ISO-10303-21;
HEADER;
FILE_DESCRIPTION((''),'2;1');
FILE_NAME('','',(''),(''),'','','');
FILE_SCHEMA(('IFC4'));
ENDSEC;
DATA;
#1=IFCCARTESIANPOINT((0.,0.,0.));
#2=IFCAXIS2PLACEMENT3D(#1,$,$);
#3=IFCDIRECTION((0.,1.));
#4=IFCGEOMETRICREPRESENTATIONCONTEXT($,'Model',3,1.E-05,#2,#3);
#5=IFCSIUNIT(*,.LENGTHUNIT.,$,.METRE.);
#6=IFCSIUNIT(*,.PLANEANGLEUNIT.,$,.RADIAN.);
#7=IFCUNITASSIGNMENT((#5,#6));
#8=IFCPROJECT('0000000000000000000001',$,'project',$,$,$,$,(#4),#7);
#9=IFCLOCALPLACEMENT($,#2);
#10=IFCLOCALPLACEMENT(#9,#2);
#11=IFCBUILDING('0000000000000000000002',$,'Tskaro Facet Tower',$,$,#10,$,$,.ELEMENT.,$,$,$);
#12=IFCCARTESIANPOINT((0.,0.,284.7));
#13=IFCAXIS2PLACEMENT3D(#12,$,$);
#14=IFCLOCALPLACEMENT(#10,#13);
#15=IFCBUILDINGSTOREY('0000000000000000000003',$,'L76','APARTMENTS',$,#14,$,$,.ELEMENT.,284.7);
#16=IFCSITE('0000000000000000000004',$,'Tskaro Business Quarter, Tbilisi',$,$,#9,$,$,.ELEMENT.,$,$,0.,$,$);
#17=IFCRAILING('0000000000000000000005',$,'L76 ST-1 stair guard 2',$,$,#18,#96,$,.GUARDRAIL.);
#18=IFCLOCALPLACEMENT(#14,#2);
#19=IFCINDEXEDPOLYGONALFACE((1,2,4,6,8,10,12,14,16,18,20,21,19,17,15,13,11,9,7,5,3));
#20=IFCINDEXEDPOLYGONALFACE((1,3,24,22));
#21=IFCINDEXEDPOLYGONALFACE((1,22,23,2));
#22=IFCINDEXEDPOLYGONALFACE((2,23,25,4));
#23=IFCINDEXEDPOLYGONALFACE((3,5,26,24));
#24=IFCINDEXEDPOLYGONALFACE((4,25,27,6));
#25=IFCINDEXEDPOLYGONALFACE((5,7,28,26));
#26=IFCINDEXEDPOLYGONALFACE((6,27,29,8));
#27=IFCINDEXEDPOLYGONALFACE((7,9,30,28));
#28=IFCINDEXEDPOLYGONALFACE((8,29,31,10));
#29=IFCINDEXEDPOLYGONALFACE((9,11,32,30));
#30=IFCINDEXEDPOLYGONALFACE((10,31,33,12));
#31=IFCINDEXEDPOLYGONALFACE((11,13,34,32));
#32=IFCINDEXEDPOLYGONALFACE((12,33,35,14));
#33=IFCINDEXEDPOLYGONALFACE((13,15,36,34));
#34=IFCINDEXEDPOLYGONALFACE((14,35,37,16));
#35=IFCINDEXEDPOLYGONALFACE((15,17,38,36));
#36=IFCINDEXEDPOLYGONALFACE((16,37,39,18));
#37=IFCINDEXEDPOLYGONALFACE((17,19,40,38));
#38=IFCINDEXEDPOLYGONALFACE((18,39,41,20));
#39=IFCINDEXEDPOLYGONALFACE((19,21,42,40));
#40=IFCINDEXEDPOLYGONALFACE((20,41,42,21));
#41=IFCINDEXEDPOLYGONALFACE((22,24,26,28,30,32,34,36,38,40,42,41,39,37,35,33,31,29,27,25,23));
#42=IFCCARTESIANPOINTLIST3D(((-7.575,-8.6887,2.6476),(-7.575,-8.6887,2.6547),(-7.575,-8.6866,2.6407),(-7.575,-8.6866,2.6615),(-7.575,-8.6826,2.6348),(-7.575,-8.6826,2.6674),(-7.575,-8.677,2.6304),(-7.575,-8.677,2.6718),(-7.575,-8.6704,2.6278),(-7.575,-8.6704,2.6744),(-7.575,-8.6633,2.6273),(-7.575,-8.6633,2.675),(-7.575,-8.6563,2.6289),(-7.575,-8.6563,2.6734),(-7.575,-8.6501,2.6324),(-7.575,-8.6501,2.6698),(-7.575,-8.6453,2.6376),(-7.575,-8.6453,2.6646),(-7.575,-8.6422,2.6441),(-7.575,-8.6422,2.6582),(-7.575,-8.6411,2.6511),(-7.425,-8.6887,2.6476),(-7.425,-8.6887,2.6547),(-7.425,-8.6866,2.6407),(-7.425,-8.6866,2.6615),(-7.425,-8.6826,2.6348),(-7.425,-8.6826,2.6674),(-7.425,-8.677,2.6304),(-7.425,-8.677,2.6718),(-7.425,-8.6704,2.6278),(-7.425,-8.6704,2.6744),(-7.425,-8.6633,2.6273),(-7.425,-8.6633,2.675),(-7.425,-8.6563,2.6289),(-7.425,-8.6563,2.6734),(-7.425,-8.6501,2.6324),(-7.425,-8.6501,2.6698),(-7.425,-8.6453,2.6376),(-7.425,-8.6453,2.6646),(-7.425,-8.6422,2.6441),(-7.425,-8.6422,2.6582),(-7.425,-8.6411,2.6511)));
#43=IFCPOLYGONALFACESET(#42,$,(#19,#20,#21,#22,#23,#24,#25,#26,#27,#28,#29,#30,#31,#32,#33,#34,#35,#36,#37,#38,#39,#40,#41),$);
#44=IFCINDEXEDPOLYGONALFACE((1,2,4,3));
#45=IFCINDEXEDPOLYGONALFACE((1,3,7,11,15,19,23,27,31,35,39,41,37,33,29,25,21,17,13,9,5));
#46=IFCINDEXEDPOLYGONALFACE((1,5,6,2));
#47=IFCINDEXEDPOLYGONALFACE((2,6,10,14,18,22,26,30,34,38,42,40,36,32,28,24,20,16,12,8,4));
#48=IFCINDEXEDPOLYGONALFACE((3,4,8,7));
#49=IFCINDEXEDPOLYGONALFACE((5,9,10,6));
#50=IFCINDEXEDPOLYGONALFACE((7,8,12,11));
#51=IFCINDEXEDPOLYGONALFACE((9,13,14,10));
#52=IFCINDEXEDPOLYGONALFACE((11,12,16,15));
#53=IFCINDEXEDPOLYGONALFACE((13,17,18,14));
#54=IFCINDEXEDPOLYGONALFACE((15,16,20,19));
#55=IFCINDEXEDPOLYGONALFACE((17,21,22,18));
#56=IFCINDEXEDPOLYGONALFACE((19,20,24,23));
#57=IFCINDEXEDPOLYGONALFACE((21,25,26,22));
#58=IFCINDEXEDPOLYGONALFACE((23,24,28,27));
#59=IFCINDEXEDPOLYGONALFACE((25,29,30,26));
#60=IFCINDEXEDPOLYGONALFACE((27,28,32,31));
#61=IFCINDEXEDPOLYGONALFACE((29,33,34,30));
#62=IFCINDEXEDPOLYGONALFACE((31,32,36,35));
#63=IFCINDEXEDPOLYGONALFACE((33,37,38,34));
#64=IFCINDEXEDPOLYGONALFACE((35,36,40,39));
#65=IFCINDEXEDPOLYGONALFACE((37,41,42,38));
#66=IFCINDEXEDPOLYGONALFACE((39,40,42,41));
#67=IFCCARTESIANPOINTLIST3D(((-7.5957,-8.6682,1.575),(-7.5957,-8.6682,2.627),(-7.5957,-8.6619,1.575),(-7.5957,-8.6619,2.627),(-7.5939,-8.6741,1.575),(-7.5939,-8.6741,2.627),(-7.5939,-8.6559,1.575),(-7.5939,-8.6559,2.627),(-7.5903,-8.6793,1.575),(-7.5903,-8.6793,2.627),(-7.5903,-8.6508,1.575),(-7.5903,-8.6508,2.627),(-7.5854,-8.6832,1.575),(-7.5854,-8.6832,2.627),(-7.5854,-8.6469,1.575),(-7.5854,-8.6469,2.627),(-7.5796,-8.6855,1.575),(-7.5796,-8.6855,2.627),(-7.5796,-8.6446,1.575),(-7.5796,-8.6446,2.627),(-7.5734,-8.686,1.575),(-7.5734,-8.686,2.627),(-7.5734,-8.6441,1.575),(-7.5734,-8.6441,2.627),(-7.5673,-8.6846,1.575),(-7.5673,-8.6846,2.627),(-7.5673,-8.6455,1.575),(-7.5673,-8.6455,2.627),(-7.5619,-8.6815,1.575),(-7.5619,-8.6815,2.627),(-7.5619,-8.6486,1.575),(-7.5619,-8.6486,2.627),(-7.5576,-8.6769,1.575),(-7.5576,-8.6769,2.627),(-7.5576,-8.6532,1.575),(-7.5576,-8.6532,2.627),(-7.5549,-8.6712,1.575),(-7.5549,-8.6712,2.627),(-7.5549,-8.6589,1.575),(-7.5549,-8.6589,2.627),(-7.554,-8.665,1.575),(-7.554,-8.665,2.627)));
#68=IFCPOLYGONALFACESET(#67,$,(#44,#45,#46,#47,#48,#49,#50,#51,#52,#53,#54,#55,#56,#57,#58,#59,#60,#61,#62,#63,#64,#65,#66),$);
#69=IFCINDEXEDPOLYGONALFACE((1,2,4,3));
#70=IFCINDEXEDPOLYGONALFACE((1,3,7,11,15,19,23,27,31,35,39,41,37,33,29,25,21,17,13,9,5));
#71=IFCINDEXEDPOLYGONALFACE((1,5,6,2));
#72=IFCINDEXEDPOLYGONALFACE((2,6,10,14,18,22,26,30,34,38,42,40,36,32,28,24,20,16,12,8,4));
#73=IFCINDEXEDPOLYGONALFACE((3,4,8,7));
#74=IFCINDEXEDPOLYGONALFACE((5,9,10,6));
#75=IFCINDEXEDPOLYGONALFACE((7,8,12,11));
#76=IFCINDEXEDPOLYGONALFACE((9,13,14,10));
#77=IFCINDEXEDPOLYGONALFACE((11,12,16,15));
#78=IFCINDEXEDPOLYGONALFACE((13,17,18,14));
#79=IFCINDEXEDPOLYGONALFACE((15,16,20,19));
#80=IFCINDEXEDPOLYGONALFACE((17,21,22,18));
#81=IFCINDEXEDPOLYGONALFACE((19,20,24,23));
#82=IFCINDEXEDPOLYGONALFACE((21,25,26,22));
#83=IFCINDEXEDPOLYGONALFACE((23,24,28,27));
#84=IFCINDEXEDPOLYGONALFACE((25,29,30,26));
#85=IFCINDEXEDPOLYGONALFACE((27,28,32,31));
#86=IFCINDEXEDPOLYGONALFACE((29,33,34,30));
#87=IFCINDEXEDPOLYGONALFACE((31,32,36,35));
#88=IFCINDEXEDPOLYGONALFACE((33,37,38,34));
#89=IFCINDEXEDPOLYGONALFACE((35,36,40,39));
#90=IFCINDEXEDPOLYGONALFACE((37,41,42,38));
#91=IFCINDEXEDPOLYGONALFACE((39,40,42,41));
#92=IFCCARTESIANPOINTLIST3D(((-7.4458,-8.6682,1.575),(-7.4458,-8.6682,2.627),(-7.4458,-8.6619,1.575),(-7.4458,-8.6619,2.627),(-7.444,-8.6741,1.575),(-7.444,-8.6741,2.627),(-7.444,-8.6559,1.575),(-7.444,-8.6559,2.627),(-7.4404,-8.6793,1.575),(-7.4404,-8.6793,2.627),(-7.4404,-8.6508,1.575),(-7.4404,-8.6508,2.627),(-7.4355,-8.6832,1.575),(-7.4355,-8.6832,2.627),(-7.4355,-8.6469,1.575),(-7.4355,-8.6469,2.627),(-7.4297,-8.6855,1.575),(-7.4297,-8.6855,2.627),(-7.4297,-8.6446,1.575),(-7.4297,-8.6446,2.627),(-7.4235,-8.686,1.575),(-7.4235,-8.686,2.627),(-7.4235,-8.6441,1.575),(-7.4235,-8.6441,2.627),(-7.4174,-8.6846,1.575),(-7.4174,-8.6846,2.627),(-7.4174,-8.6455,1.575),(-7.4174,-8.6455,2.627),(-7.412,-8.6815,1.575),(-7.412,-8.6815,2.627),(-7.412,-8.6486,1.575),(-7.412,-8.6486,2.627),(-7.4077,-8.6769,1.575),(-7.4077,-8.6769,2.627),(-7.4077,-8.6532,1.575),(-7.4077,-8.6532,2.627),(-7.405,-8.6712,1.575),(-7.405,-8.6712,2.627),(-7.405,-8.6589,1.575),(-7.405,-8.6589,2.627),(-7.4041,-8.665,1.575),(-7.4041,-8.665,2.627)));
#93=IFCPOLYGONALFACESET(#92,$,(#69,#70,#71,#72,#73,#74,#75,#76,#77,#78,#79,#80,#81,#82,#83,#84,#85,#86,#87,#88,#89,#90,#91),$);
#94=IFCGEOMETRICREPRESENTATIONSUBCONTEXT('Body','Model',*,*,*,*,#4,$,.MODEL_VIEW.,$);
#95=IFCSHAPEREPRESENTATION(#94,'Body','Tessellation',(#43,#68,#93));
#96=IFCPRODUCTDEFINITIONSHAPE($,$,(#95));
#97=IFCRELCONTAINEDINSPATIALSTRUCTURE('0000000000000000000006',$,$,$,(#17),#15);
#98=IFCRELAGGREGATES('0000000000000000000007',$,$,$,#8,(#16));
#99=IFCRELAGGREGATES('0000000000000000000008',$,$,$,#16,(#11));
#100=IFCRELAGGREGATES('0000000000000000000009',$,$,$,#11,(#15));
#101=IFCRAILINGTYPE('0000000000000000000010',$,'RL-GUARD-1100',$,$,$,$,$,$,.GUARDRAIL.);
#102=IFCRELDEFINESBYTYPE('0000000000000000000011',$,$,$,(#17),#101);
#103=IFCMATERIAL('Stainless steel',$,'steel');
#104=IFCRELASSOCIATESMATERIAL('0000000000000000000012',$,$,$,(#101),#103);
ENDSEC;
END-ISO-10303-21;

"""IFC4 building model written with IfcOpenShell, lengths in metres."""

from ifc_helpers import new_model, si_unit, direction, frame, origin, origin_2d, place, context, subcontext, project, spatial, circle, extrude, material, type_object, element, save


model = new_model("IFC4")

# Units and contexts
model_context = context("Model", 3, precision=1e-05, world=origin(), true_north=direction((0.0, 1.0)))
body_context = subcontext(model_context, "Body", "Model", "MODEL_VIEW")
ifc_project = project(units=[si_unit("LENGTHUNIT", "METRE"), si_unit("PLANEANGLEUNIT", "RADIAN")], contexts=[model_context])

# Site, building, storey
site_placement = place(None, origin())
site = spatial("IfcSite", under=ifc_project, at=site_placement, Name="Tskaro Business Quarter, Tbilisi", CompositionType="ELEMENT", RefElevation=0.0)
building_placement = place(site_placement, origin())
building = spatial("IfcBuilding", under=site, at=building_placement, Name="Tskaro Facet Tower", CompositionType="ELEMENT")
storey_placement = place(building_placement, frame((0.0, 0.0, 284.7)))
storey = spatial("IfcBuildingStorey", under=building, at=storey_placement, Name="L76", Description="APARTMENTS", CompositionType="ELEMENT", Elevation=284.7)

# Shared definitions
ifc_material_1 = material(Name="Stainless steel", Category="steel")

# Railing
railing_type_1 = type_object("IfcRailingType", Name="RL-GUARD-1100", PredefinedType="GUARDRAIL", material=ifc_material_1)
railing_1_placement = place(storey_placement, frame((-7.575, -8.665, 1.575)))
element("IfcRailing", 1, at=railing_1_placement, inside=storey, type_object=railing_type_1, Name="L76 ST-1 stair guard 2", PredefinedType="GUARDRAIL", context=body_context, shape_type="SweptSolid", body=[
    extrude(circle(Radius=0.0239, at=origin_2d()), frame((0.0, 0.0, 1.0762), z_axis=(1.0, 0.0, 0.0), x_axis=(0.0, 1.0, 0.0)), (0.0, 0.0, 1.0), 0.1499),
    extrude(circle(Radius=0.021, at=origin_2d()), origin(), (0.0, 0.0, 1.0), 1.052),
    extrude(circle(Radius=0.021, at=origin_2d()), frame((0.1499, 0.0, 0.0)), (0.0, 0.0, 1.0), 1.052),
])

save(model, "model.ifc")
